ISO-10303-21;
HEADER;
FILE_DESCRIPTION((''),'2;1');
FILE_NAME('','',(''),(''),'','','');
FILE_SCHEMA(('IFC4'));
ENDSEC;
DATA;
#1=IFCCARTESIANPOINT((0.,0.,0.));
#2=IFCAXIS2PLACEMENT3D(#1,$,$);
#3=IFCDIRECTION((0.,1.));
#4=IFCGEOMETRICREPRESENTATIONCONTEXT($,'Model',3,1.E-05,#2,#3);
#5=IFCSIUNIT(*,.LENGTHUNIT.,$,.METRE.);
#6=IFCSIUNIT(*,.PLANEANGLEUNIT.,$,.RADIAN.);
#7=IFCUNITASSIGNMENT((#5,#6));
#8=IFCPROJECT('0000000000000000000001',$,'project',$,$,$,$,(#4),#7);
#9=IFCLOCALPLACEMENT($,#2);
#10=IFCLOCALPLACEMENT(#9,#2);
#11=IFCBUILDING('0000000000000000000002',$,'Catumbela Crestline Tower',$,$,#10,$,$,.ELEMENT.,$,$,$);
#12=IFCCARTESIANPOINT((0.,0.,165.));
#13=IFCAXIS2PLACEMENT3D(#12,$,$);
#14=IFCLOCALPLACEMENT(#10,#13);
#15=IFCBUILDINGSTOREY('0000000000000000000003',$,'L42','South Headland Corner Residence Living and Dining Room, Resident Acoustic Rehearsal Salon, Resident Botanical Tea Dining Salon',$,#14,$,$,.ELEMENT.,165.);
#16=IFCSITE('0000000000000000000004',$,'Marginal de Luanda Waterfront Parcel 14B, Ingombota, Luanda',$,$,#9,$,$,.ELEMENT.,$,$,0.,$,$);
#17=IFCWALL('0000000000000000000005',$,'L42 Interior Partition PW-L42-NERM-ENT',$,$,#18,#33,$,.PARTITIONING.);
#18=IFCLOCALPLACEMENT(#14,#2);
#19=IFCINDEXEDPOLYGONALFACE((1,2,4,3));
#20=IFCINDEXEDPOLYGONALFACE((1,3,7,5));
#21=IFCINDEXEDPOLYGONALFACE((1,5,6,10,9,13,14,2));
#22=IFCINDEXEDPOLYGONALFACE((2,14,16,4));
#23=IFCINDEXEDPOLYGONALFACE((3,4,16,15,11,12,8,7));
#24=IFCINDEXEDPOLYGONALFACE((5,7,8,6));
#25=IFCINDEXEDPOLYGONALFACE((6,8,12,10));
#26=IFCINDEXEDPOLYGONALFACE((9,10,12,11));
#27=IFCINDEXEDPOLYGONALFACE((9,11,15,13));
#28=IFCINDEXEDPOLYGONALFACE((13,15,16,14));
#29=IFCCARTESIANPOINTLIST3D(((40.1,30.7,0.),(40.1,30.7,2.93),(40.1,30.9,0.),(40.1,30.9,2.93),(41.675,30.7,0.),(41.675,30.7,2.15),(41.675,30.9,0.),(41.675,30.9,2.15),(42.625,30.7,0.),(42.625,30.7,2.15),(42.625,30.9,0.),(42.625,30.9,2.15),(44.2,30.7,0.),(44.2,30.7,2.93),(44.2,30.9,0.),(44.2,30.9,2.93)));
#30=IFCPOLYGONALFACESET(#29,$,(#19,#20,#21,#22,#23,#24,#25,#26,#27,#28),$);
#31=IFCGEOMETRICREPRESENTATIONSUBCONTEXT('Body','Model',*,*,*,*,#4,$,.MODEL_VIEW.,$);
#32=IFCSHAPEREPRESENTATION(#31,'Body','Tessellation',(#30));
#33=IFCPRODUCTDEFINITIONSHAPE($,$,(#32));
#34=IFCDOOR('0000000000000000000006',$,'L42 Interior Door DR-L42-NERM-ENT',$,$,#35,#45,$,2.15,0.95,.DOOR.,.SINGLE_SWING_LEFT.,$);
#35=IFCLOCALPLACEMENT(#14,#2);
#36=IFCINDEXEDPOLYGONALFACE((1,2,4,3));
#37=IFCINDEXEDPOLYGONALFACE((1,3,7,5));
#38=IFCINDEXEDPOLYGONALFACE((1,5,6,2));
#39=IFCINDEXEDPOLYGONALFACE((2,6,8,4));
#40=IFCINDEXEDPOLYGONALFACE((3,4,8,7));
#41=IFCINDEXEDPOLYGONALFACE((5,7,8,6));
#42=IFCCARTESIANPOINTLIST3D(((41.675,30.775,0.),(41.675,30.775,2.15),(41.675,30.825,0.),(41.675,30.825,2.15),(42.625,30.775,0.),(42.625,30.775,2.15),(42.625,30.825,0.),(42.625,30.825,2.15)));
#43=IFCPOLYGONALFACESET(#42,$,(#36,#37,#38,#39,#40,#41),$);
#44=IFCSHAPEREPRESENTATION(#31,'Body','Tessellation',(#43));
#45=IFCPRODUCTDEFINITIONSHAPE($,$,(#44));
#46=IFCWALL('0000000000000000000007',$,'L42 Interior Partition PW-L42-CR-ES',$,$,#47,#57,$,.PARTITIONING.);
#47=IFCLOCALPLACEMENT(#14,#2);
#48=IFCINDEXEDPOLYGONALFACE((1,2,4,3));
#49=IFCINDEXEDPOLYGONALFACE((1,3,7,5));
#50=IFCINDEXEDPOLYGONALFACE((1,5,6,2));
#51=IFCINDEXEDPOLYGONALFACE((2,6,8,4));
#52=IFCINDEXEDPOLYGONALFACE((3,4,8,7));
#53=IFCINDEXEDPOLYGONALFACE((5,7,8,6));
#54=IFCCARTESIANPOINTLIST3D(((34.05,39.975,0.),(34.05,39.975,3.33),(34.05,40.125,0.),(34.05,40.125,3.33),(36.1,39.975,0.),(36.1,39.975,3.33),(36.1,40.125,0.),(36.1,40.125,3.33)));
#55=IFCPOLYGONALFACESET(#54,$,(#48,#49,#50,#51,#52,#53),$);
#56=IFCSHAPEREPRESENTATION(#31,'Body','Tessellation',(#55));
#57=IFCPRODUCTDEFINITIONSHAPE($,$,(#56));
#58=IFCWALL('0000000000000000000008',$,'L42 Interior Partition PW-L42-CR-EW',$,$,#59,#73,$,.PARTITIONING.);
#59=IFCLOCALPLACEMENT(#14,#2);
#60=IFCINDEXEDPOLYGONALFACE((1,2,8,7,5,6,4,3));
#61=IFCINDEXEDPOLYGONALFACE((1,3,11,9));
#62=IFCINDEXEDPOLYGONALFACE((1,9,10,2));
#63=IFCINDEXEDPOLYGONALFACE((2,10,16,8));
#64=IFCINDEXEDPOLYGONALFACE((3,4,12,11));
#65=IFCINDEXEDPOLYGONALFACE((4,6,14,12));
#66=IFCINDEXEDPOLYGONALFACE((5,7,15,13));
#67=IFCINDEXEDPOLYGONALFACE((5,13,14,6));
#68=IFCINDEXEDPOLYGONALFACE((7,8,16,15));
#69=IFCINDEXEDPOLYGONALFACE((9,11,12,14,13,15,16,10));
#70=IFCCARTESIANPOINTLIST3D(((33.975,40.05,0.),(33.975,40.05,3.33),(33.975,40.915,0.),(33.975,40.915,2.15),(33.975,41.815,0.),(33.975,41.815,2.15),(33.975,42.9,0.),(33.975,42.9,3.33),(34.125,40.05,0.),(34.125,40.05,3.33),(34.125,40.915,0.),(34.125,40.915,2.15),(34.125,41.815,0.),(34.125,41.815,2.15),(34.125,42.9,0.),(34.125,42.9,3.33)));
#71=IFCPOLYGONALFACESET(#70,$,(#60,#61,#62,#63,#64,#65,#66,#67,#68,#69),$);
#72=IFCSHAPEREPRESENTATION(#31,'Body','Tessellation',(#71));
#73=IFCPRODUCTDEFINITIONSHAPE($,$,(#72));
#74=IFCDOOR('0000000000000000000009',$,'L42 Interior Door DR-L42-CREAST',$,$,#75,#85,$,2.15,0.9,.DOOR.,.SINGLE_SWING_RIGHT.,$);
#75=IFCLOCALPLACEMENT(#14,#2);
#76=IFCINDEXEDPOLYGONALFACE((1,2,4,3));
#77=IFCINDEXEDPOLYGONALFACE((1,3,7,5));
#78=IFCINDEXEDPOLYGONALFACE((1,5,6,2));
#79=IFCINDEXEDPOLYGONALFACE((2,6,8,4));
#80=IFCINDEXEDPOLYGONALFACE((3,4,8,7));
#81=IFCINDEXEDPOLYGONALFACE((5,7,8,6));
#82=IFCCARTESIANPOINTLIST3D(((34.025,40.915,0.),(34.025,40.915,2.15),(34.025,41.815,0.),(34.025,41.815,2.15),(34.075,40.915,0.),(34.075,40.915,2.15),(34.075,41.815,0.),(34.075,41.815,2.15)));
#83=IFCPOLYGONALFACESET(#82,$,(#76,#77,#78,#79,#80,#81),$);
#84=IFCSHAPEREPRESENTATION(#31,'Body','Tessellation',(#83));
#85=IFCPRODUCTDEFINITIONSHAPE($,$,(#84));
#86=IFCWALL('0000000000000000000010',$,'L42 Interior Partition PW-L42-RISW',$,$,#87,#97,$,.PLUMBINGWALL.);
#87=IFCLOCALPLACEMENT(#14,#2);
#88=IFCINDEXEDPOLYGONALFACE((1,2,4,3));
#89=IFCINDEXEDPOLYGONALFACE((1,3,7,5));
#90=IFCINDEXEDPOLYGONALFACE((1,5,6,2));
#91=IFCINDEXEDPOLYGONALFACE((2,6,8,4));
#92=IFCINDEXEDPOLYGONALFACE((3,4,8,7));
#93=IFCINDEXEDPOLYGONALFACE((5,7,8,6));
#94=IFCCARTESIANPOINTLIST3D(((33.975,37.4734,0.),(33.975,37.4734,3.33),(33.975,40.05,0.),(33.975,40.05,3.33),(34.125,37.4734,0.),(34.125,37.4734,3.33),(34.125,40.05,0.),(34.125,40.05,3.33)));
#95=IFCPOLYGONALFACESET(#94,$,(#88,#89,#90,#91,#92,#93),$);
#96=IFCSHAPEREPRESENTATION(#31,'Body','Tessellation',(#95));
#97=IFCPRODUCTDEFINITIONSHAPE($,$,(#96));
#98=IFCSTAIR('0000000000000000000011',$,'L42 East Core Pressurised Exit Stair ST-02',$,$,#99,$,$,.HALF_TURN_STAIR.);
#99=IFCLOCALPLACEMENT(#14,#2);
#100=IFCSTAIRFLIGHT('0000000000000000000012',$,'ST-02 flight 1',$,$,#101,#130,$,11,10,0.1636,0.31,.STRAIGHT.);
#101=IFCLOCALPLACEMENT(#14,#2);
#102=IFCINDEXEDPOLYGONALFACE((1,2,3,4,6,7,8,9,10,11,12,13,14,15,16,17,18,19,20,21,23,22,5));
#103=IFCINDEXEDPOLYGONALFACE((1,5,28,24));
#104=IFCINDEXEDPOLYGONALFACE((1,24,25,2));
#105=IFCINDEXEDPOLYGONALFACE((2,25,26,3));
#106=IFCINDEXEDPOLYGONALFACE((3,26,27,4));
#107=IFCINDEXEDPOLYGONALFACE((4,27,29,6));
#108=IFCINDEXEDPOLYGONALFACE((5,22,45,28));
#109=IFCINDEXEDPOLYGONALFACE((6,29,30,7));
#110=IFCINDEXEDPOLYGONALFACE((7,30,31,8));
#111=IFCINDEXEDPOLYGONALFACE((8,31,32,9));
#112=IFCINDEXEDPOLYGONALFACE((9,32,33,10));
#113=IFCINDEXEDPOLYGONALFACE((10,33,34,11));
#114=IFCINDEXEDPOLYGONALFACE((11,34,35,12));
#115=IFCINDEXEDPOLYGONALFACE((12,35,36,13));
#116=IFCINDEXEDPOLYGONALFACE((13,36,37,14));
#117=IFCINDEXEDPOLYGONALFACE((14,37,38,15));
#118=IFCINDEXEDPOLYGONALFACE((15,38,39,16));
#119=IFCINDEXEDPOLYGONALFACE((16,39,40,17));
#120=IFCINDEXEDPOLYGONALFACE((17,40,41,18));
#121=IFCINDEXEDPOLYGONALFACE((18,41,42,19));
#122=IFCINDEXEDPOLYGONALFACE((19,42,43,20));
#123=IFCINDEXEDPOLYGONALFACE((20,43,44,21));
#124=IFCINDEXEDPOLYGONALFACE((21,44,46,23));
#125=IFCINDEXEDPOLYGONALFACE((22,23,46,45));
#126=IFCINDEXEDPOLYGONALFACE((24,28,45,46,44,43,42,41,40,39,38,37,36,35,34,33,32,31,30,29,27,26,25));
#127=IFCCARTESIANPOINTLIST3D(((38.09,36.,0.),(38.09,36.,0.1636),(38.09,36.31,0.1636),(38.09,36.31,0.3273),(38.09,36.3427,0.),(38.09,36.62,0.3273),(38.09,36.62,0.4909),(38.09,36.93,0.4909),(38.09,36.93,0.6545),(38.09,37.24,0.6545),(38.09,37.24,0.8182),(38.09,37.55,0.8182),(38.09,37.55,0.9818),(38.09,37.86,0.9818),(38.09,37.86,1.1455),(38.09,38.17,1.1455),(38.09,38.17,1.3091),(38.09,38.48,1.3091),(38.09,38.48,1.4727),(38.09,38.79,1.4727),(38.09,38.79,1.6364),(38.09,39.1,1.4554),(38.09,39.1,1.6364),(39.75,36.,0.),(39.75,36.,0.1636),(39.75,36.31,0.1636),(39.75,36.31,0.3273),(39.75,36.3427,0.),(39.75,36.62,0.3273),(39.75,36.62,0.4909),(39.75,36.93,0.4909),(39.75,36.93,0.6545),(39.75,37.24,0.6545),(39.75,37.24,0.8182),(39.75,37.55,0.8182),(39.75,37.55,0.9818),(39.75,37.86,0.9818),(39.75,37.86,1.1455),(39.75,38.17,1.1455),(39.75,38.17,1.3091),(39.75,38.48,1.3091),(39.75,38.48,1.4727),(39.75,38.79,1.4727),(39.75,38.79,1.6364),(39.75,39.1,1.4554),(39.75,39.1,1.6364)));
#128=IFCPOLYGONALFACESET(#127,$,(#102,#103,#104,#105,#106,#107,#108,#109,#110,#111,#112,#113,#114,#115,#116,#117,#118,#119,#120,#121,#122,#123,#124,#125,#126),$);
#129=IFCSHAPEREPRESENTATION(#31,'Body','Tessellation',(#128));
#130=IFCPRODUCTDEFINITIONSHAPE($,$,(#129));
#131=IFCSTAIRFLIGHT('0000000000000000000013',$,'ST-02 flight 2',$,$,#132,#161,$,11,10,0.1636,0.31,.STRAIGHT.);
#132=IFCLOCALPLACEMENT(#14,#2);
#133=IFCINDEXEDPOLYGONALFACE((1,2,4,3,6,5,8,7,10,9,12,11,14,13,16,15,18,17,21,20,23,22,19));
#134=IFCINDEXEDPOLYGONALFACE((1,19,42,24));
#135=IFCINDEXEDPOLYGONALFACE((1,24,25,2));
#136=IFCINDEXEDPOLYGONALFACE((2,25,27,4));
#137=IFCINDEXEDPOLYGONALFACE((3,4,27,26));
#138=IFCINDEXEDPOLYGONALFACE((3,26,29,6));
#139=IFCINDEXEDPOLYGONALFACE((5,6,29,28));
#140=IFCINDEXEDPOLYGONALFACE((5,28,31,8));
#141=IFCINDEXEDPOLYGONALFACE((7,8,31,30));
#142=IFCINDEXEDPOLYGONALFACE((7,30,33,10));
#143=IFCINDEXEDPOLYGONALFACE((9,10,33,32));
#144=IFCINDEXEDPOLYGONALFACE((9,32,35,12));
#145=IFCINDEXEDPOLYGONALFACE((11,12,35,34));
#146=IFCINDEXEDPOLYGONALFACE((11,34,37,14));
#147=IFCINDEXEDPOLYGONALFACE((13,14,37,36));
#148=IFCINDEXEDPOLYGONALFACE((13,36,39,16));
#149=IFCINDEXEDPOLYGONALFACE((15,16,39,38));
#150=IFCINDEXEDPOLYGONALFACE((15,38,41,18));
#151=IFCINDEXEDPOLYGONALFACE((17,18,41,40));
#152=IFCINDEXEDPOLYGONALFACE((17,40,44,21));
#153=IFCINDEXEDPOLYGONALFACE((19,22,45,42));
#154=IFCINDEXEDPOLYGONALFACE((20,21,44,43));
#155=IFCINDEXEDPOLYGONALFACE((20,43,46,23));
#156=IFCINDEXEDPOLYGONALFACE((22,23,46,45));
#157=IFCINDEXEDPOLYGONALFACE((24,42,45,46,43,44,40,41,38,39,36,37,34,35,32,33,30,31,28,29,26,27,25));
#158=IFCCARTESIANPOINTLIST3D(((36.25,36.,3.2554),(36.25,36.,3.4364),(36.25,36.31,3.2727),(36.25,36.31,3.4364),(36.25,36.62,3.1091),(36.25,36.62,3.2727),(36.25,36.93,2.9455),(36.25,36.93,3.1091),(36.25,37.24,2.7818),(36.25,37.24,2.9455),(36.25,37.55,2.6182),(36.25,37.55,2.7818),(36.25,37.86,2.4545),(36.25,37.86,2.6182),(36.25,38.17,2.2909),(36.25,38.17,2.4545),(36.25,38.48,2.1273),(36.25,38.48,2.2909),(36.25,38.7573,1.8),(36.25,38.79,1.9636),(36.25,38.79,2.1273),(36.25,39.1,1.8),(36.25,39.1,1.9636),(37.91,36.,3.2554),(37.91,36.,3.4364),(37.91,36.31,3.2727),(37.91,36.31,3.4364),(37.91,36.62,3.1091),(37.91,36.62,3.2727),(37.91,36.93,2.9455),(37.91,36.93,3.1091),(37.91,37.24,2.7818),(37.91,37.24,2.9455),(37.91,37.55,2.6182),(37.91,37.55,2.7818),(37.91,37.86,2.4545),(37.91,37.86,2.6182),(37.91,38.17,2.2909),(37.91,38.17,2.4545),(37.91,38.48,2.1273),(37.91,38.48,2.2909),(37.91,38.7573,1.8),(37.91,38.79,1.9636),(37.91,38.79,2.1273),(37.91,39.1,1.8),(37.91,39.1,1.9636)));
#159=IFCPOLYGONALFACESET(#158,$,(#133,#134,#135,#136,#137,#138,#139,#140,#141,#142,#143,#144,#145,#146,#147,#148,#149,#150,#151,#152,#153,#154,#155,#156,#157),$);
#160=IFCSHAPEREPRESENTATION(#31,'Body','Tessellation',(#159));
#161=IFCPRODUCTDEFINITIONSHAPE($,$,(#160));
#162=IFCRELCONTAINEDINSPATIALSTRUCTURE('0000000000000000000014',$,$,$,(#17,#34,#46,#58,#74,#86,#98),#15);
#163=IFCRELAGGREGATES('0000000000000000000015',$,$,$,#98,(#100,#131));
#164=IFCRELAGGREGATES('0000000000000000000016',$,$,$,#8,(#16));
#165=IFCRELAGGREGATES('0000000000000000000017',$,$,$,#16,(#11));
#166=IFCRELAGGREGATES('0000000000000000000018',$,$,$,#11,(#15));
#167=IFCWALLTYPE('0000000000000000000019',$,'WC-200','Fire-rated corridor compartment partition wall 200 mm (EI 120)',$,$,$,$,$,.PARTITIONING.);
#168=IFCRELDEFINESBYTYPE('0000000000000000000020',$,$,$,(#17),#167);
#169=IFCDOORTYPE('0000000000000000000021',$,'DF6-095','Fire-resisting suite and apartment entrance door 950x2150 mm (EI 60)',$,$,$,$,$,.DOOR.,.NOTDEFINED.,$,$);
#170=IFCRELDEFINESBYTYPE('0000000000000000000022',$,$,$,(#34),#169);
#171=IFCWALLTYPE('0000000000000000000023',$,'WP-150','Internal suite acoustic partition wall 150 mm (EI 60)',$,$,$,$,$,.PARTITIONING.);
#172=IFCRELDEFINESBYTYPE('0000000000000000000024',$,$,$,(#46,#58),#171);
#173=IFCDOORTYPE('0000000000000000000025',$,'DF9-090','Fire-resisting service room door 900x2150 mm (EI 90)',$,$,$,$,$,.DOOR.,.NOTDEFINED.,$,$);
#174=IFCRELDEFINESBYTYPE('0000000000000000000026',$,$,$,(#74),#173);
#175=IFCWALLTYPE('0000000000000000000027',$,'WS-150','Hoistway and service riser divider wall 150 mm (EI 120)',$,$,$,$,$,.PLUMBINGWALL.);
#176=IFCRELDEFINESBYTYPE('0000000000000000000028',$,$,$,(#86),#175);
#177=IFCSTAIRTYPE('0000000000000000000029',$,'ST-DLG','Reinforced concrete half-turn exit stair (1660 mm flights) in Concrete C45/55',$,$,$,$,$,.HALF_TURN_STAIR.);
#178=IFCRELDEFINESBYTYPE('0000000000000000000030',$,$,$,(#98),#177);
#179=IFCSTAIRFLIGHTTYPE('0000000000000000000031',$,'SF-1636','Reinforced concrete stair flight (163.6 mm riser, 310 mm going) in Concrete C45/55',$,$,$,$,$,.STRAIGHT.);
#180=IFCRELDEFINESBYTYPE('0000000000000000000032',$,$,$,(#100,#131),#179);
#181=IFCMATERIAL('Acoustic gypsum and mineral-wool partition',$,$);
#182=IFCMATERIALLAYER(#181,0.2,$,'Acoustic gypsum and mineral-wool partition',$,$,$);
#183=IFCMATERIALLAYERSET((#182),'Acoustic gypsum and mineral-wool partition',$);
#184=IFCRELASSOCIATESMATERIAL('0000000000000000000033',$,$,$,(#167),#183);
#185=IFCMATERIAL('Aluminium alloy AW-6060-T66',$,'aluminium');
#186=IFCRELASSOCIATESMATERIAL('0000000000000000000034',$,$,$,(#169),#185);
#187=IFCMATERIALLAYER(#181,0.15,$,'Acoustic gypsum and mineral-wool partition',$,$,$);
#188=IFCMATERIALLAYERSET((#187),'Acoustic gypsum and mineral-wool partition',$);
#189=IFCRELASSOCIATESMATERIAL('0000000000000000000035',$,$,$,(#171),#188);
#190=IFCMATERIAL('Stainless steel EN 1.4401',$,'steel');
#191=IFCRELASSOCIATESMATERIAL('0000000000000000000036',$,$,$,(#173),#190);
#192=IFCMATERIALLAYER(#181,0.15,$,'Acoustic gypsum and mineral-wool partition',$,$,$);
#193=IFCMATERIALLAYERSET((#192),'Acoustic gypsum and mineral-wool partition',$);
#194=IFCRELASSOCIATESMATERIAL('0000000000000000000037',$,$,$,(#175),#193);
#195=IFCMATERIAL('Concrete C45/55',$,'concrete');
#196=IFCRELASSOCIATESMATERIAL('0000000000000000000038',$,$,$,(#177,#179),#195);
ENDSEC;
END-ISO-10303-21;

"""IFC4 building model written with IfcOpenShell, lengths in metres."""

from ifc_helpers import new_model, si_unit, direction, frame, frame_2d, origin, place, context, subcontext, project, spatial, polyline, rectangle, outline, extrude, material, layer, layer_set, type_object, element, fill, aggregate, save


model = new_model("IFC4")

# Units and contexts
model_context = context("Model", 3, precision=1e-05, world=origin(), true_north=direction((0.0, 1.0)))
body_context = subcontext(model_context, "Body", "Model", "MODEL_VIEW")
ifc_project = project(units=[si_unit("LENGTHUNIT", "METRE"), si_unit("PLANEANGLEUNIT", "RADIAN")], contexts=[model_context])

# Site, building, storey
site_placement = place(None, origin())
site = spatial("IfcSite", under=ifc_project, at=site_placement, Name="Marginal de Luanda Waterfront Parcel 14B, Ingombota, Luanda", CompositionType="ELEMENT", RefElevation=0.0)
building_placement = place(site_placement, origin())
building = spatial("IfcBuilding", under=site, at=building_placement, Name="Catumbela Crestline Tower", CompositionType="ELEMENT")
storey_placement = place(building_placement, frame((0.0, 0.0, 165.0)))
storey = spatial("IfcBuildingStorey", under=building, at=storey_placement, Name="L42", Description="South Headland Corner Residence Living and Dining Room, Resident Acoustic Rehearsal Salon, Resident Botanical Tea Dining Salon", CompositionType="ELEMENT", Elevation=165.0)

# Shared definitions
ifc_material_1 = material(Name="Aluminium alloy AW-6060-T66", Category="aluminium")

# Shared definitions
ifc_material_2 = material(Name="Stainless steel EN 1.4401", Category="steel")

# Wall, opening, door
ifc_material_3 = material(Name="Acoustic gypsum and mineral-wool partition")
ifc_layer_1 = layer(ifc_material_3, 0.2, Name="Acoustic gypsum and mineral-wool partition")
ifc_layer_set_1 = layer_set([ifc_layer_1], Name="Acoustic gypsum and mineral-wool partition")
wall_type_1 = type_object("IfcWallType", Name="WC-200", Description="Fire-rated corridor compartment partition wall 200 mm (EI 120)", PredefinedType="PARTITIONING", material=ifc_layer_set_1)
wall_1_placement = place(storey_placement, frame((40.1, 30.8, 0.0), z_axis=(0.0, 0.0, 1.0), x_axis=(1.0, 0.0, 0.0)))
wall_1 = element("IfcWall", 1, at=wall_1_placement, inside=storey, type_object=wall_type_1, Name="L42 Interior Partition PW-L42-NERM-ENT", PredefinedType="PARTITIONING", context=body_context, shape_type="SweptSolid", body=[
    extrude(rectangle(XDim=4.1, YDim=0.2, at=frame_2d((2.05, 0.0))), origin(), (0.0, 0.0, 1.0), 2.93),
])
opening_1_placement = place(wall_1_placement, frame((1.575, 0.0, 0.0)))
opening_1 = element("IfcOpeningElement", 2, at=opening_1_placement, cuts=wall_1, PredefinedType="OPENING", context=body_context, shape_type="SweptSolid", body=[
    extrude(rectangle(XDim=0.95, YDim=2.15, at=frame_2d((0.475, 1.075))), frame((0.0, 0.11, 0.0), z_axis=(0.0, -1.0, 0.0), x_axis=(1.0, 0.0, 0.0)), (0.0, 0.0, 1.0), 0.22),
])
door_type_1 = type_object("IfcDoorType", Name="DF6-095", Description="Fire-resisting suite and apartment entrance door 950x2150 mm (EI 60)", OperationType="NOTDEFINED", PredefinedType="DOOR", material=ifc_material_1)
door_1_placement = place(opening_1_placement, origin())
door_1 = element("IfcDoor", 3, at=door_1_placement, inside=storey, type_object=door_type_1, Name="L42 Interior Door DR-L42-NERM-ENT", OperationType="SINGLE_SWING_LEFT", OverallHeight=2.15, OverallWidth=0.95, PredefinedType="DOOR", context=body_context, shape_type="SweptSolid", body=[
    extrude(rectangle(XDim=0.95, YDim=2.15, at=frame_2d((0.475, 1.075))), frame((0.0, 0.025, 0.0), z_axis=(0.0, -1.0, 0.0), x_axis=(1.0, 0.0, 0.0)), (0.0, 0.0, 1.0), 0.05),
])
fill(opening_1, door_1)

# Wall
ifc_layer_2 = layer(ifc_material_3, 0.15, Name="Acoustic gypsum and mineral-wool partition")
ifc_layer_set_2 = layer_set([ifc_layer_2], Name="Acoustic gypsum and mineral-wool partition")
wall_type_2 = type_object("IfcWallType", Name="WP-150", Description="Internal suite acoustic partition wall 150 mm (EI 60)", PredefinedType="PARTITIONING", material=ifc_layer_set_2)
wall_2_placement = place(storey_placement, frame((34.05, 40.05, 0.0), z_axis=(0.0, 0.0, 1.0), x_axis=(1.0, 0.0, 0.0)))
element("IfcWall", 4, at=wall_2_placement, inside=storey, type_object=wall_type_2, Name="L42 Interior Partition PW-L42-CR-ES", PredefinedType="PARTITIONING", context=body_context, shape_type="SweptSolid", body=[
    extrude(rectangle(XDim=2.05, YDim=0.15, at=frame_2d((1.025, 0.0))), origin(), (0.0, 0.0, 1.0), 3.33),
])

# Wall, opening, door
wall_3_placement = place(storey_placement, frame((34.05, 40.05, 0.0), z_axis=(0.0, 0.0, 1.0), x_axis=(0.0, 1.0, 0.0)))
wall_3 = element("IfcWall", 5, at=wall_3_placement, inside=storey, type_object=wall_type_2, Name="L42 Interior Partition PW-L42-CR-EW", PredefinedType="PARTITIONING", context=body_context, shape_type="SweptSolid", body=[
    extrude(rectangle(XDim=2.85, YDim=0.15, at=frame_2d((1.425, 0.0))), origin(), (0.0, 0.0, 1.0), 3.33),
])
opening_2_placement = place(wall_3_placement, frame((0.865, 0.0, 0.0)))
opening_2 = element("IfcOpeningElement", 6, at=opening_2_placement, cuts=wall_3, PredefinedType="OPENING", context=body_context, shape_type="SweptSolid", body=[
    extrude(rectangle(XDim=0.9, YDim=2.15, at=frame_2d((0.45, 1.075))), frame((0.0, 0.085, 0.0), z_axis=(0.0, -1.0, 0.0), x_axis=(1.0, 0.0, 0.0)), (0.0, 0.0, 1.0), 0.17),
])
door_type_2 = type_object("IfcDoorType", Name="DF9-090", Description="Fire-resisting service room door 900x2150 mm (EI 90)", OperationType="NOTDEFINED", PredefinedType="DOOR", material=ifc_material_2)
door_2_placement = place(opening_2_placement, origin())
door_2 = element("IfcDoor", 7, at=door_2_placement, inside=storey, type_object=door_type_2, Name="L42 Interior Door DR-L42-CREAST", OperationType="SINGLE_SWING_RIGHT", OverallHeight=2.15, OverallWidth=0.9, PredefinedType="DOOR", context=body_context, shape_type="SweptSolid", body=[
    extrude(rectangle(XDim=0.9, YDim=2.15, at=frame_2d((0.45, 1.075))), frame((0.0, 0.025, 0.0), z_axis=(0.0, -1.0, 0.0), x_axis=(1.0, 0.0, 0.0)), (0.0, 0.0, 1.0), 0.05),
])
fill(opening_2, door_2)

# Wall
ifc_layer_3 = layer(ifc_material_3, 0.15, Name="Acoustic gypsum and mineral-wool partition")
ifc_layer_set_3 = layer_set([ifc_layer_3], Name="Acoustic gypsum and mineral-wool partition")
wall_type_3 = type_object("IfcWallType", Name="WS-150", Description="Hoistway and service riser divider wall 150 mm (EI 120)", PredefinedType="PLUMBINGWALL", material=ifc_layer_set_3)
wall_4_placement = place(storey_placement, frame((34.05, 37.4734, 0.0), z_axis=(0.0, 0.0, 1.0), x_axis=(0.0, 1.0, 0.0)))
element("IfcWall", 8, at=wall_4_placement, inside=storey, type_object=wall_type_3, Name="L42 Interior Partition PW-L42-RISW", PredefinedType="PLUMBINGWALL", context=body_context, shape_type="SweptSolid", body=[
    extrude(rectangle(XDim=2.5766, YDim=0.15, at=frame_2d((1.2883, 0.0))), origin(), (0.0, 0.0, 1.0), 3.33),
])

# Stair, stair flights
ifc_material_4 = material(Name="Concrete C45/55", Category="concrete")
stair_type = type_object("IfcStairType", Name="ST-DLG", Description="Reinforced concrete half-turn exit stair (1660 mm flights) in Concrete C45/55", PredefinedType="HALF_TURN_STAIR", material=ifc_material_4)
stair_placement = place(storey_placement, origin())
stair = element("IfcStair", 9, at=stair_placement, inside=storey, type_object=stair_type, Name="L42 East Core Pressurised Exit Stair ST-02", PredefinedType="HALF_TURN_STAIR")
stair_flight_type = type_object("IfcStairFlightType", Name="SF-1636", Description="Reinforced concrete stair flight (163.6 mm riser, 310 mm going) in Concrete C45/55", PredefinedType="STRAIGHT", material=ifc_material_4)
stair_flight_1_placement = place(storey_placement, frame((38.92, 36.0, 0.0), z_axis=(0.0, 0.0, 1.0), x_axis=(0.0, 1.0, 0.0)))
stair_flight_1 = element("IfcStairFlight", 10, at=stair_flight_1_placement, type_object=stair_flight_type, Name="ST-02 flight 1", NumberOfRisers=11, NumberOfTreads=10, PredefinedType="STRAIGHT", RiserHeight=0.1636, TreadLength=0.31, context=body_context, shape_type="SweptSolid", body=[
    extrude(outline(polyline([(0.0, 0.0), (0.0, 0.1636), (0.31, 0.1636), (0.31, 0.3273), (0.62, 0.3273), (0.62, 0.4909), (0.93, 0.4909), (0.93, 0.6545), (1.24, 0.6545), (1.24, 0.8182), (1.55, 0.8182), (1.55, 0.9818), (1.86, 0.9818), (1.86, 1.1455), (2.17, 1.1455), (2.17, 1.3091), (2.48, 1.3091), (2.48, 1.4727), (2.79, 1.4727), (2.79, 1.6364), (3.1, 1.6364), (3.1, 1.8), (3.1, 1.4554), (0.3427, 0.0), (0.0, 0.0)])), frame((0.0, 0.83, 0.0), z_axis=(0.0, -1.0, 0.0), x_axis=(1.0, 0.0, 0.0)), (0.0, 0.0, 1.0), 1.66),
])
stair_flight_2_placement = place(storey_placement, frame((37.08, 39.1, 1.8), z_axis=(0.0, 0.0, 1.0), x_axis=(0.0, -1.0, 0.0)))
stair_flight_2 = element("IfcStairFlight", 11, at=stair_flight_2_placement, type_object=stair_flight_type, Name="ST-02 flight 2", NumberOfRisers=11, NumberOfTreads=10, PredefinedType="STRAIGHT", RiserHeight=0.1636, TreadLength=0.31, context=body_context, shape_type="SweptSolid", body=[
    extrude(outline(polyline([(0.0, 0.0), (0.0, 0.1636), (0.31, 0.1636), (0.31, 0.3273), (0.62, 0.3273), (0.62, 0.4909), (0.93, 0.4909), (0.93, 0.6545), (1.24, 0.6545), (1.24, 0.8182), (1.55, 0.8182), (1.55, 0.9818), (1.86, 0.9818), (1.86, 1.1455), (2.17, 1.1455), (2.17, 1.3091), (2.48, 1.3091), (2.48, 1.4727), (2.79, 1.4727), (2.79, 1.6364), (3.1, 1.6364), (3.1, 1.8), (3.1, 1.4554), (0.3427, 0.0), (0.0, 0.0)])), frame((0.0, 0.83, 0.0), z_axis=(0.0, -1.0, 0.0), x_axis=(1.0, 0.0, 0.0)), (0.0, 0.0, 1.0), 1.66),
])
aggregate(stair, [stair_flight_1, stair_flight_2])

save(model, "model.ifc")
